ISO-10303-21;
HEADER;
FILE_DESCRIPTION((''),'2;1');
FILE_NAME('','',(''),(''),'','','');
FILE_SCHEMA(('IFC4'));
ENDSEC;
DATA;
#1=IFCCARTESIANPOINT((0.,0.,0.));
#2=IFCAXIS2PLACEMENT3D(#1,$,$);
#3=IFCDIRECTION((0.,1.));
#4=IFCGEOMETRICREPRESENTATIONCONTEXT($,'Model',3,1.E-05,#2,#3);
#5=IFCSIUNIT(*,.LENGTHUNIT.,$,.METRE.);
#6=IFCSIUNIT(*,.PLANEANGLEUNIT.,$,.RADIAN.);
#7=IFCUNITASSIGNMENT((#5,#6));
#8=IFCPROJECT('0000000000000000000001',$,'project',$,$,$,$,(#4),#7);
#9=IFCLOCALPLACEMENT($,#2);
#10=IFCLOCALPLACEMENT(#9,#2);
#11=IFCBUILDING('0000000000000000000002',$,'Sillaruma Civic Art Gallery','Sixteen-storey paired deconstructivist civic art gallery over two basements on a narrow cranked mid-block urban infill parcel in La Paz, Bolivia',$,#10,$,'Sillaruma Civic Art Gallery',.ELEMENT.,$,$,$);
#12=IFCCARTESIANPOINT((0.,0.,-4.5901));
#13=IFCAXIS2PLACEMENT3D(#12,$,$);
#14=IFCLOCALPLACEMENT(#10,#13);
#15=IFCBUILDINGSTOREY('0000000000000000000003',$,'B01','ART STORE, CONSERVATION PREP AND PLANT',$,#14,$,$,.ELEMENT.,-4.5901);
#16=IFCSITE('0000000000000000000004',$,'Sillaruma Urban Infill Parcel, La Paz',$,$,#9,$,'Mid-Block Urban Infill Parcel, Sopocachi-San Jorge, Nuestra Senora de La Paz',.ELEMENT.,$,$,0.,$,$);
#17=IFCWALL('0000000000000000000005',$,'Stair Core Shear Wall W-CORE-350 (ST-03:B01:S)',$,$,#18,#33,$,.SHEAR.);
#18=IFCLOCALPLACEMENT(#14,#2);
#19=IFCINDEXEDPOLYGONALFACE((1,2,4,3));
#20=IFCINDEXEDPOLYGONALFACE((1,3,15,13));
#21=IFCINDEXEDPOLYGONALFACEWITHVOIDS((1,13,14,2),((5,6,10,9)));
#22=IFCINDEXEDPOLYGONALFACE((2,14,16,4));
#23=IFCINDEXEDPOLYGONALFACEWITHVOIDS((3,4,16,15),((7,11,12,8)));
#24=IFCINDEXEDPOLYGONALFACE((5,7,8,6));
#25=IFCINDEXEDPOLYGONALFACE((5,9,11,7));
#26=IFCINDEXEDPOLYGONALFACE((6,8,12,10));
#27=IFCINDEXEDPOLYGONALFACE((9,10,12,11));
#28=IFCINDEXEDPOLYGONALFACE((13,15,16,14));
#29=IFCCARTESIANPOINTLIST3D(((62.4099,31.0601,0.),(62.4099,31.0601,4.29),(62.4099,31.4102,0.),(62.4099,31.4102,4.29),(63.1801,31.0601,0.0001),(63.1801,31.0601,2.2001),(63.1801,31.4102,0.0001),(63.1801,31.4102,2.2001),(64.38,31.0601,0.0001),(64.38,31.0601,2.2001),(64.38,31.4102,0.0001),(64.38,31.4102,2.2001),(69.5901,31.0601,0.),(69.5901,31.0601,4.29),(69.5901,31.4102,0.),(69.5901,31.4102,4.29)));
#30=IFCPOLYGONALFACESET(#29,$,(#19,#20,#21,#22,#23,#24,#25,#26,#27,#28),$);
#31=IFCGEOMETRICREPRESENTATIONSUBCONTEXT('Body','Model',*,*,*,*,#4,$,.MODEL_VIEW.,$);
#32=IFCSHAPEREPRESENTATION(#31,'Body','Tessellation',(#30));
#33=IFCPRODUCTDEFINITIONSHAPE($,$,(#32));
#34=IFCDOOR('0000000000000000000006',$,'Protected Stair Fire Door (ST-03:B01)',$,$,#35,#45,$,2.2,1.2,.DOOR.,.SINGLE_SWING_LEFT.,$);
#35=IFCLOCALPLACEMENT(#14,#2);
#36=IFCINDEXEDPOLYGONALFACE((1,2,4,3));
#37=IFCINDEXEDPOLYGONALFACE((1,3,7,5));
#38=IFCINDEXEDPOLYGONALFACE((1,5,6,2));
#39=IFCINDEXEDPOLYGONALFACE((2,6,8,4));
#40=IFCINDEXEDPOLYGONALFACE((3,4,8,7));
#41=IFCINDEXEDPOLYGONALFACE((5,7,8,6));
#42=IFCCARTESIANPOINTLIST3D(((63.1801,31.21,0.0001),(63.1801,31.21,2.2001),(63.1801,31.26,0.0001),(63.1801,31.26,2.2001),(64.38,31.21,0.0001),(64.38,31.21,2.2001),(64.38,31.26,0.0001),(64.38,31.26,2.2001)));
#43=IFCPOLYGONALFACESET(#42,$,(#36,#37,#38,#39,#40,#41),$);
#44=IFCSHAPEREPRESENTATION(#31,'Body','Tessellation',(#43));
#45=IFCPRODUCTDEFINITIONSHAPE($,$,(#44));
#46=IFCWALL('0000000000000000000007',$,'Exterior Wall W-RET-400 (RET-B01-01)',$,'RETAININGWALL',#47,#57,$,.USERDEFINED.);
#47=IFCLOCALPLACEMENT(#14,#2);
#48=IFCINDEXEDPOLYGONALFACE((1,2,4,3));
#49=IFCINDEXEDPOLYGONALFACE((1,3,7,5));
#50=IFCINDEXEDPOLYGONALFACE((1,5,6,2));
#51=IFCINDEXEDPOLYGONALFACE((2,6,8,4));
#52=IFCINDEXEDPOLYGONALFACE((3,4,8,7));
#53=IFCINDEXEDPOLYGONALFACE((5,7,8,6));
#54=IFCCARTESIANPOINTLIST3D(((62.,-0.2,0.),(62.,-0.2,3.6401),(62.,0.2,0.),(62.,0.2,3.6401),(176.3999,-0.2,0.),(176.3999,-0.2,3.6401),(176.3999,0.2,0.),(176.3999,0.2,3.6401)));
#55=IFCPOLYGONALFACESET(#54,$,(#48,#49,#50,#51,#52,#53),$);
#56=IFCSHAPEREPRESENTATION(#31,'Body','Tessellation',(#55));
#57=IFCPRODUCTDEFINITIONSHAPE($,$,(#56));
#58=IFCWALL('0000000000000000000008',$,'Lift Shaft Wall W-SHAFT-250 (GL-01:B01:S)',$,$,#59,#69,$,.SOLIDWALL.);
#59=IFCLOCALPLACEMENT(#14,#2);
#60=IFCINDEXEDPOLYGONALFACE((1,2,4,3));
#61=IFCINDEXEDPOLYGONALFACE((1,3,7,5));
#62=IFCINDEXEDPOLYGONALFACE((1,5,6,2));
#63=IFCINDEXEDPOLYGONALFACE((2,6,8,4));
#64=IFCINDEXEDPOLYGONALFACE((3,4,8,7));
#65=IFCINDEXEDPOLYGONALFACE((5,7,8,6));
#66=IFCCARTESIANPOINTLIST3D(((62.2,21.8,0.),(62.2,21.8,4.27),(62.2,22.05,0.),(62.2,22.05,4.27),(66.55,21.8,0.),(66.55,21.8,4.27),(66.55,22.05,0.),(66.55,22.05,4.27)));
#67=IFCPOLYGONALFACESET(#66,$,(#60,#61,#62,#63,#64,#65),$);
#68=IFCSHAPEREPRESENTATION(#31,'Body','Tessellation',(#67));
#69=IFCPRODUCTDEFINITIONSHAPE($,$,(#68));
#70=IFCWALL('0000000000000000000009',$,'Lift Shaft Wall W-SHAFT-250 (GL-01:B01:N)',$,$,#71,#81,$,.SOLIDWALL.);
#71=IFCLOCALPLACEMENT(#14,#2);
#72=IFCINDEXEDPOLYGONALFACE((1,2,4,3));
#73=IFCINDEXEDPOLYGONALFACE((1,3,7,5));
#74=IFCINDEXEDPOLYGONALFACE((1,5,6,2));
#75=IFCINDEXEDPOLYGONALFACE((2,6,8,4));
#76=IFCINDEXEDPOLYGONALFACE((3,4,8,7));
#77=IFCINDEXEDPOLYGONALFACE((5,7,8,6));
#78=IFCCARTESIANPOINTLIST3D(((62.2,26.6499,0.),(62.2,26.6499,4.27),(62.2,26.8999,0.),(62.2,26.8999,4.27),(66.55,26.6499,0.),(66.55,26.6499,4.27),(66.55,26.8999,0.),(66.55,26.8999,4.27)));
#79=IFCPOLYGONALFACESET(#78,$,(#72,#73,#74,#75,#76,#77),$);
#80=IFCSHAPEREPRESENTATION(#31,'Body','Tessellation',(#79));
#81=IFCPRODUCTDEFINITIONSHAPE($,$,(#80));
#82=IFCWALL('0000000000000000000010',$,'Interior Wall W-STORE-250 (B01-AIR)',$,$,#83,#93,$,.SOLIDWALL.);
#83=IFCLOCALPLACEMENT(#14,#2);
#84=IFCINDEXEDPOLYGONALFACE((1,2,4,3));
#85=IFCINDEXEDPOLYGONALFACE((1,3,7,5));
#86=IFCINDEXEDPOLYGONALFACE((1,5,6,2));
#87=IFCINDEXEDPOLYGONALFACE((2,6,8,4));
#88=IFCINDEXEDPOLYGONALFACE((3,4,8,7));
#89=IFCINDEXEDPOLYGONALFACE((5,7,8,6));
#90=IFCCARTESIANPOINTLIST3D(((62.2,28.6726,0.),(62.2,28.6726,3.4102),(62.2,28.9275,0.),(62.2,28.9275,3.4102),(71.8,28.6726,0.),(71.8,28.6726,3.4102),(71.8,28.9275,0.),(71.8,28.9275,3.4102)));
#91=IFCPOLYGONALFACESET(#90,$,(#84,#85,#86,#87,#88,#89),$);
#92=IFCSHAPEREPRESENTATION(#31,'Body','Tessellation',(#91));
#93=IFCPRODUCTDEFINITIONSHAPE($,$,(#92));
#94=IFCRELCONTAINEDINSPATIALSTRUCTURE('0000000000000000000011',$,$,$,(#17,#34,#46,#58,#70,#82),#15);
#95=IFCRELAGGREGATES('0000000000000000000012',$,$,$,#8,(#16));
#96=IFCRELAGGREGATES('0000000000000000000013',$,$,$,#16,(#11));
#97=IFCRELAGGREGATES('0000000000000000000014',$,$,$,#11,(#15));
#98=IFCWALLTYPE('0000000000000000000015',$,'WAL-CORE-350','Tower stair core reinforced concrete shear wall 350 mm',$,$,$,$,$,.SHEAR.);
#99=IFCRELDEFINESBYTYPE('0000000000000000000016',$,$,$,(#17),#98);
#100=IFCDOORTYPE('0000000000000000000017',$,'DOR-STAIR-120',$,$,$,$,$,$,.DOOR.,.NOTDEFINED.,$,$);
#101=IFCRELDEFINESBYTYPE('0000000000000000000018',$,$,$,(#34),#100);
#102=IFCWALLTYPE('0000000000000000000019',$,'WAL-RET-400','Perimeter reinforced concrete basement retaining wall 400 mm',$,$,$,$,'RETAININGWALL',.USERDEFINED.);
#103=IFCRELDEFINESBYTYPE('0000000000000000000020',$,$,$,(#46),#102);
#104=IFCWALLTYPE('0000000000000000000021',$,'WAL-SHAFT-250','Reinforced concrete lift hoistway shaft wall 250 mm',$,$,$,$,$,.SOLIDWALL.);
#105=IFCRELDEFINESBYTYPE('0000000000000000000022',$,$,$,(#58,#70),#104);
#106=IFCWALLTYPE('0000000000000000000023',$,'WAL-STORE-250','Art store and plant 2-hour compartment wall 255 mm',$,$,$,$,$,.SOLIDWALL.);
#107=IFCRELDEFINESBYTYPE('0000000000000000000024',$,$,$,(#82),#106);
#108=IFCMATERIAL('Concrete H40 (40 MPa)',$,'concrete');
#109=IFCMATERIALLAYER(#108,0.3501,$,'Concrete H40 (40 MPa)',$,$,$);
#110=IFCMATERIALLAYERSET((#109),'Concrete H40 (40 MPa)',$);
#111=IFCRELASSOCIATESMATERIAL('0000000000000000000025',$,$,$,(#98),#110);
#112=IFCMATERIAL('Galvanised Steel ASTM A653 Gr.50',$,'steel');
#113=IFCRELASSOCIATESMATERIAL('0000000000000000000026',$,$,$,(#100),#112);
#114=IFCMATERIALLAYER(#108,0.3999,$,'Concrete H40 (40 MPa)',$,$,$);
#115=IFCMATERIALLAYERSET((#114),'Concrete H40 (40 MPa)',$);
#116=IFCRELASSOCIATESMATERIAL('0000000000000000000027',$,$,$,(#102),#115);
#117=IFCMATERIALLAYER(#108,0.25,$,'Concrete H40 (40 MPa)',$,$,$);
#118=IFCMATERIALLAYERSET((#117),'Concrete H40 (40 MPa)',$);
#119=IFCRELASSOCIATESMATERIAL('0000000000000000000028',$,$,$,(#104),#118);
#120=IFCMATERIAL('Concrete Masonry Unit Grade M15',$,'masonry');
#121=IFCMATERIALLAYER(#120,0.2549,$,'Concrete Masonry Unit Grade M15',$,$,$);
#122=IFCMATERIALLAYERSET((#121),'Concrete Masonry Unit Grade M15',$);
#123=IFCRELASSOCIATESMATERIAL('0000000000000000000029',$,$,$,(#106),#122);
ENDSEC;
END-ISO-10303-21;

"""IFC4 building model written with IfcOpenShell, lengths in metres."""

from ifc_helpers import new_model, si_unit, direction, frame, frame_2d, origin, place, context, subcontext, project, spatial, rectangle, extrude, material, layer, layer_set, type_object, element, fill, save


model = new_model("IFC4")

# Units and contexts
model_context = context("Model", 3, precision=1e-05, world=origin(), true_north=direction((0.0, 1.0)))
body_context = subcontext(model_context, "Body", "Model", "MODEL_VIEW")
ifc_project = project(units=[si_unit("LENGTHUNIT", "METRE"), si_unit("PLANEANGLEUNIT", "RADIAN")], contexts=[model_context])

# Site, building, storey
site_placement = place(None, origin())
site = spatial("IfcSite", under=ifc_project, at=site_placement, Name="Sillaruma Urban Infill Parcel, La Paz", LongName="Mid-Block Urban Infill Parcel, Sopocachi-San Jorge, Nuestra Senora de La Paz", CompositionType="ELEMENT", RefElevation=0.0)
building_placement = place(site_placement, origin())
building = spatial("IfcBuilding", under=site, at=building_placement, Name="Sillaruma Civic Art Gallery", Description="Sixteen-storey paired deconstructivist civic art gallery over two basements on a narrow cranked mid-block urban infill parcel in La Paz, Bolivia", LongName="Sillaruma Civic Art Gallery", CompositionType="ELEMENT")
storey_placement = place(building_placement, frame((0.0, 0.0, -4.5901)))
storey = spatial("IfcBuildingStorey", under=building, at=storey_placement, Name="B01", Description="ART STORE, CONSERVATION PREP AND PLANT", CompositionType="ELEMENT", Elevation=-4.5901)

# Shared definitions
ifc_material_1 = material(Name="Concrete H40 (40 MPa)", Category="concrete")

# Wall, opening, door
ifc_layer_1 = layer(ifc_material_1, 0.3501, Name="Concrete H40 (40 MPa)")
ifc_layer_set_1 = layer_set([ifc_layer_1], Name="Concrete H40 (40 MPa)")
wall_type_1 = type_object("IfcWallType", Name="WAL-CORE-350", Description="Tower stair core reinforced concrete shear wall 350 mm", PredefinedType="SHEAR", material=ifc_layer_set_1)
wall_1_placement = place(storey_placement, frame((62.4099, 31.2351, 0.0), z_axis=(0.0, 0.0, 1.0), x_axis=(1.0, 0.0, 0.0)))
wall_1 = element("IfcWall", 1, at=wall_1_placement, inside=storey, type_object=wall_type_1, Name="Stair Core Shear Wall W-CORE-350 (ST-03:B01:S)", PredefinedType="SHEAR", context=body_context, shape_type="SweptSolid", body=[
    extrude(rectangle(XDim=7.1802, YDim=0.3501, at=frame_2d((3.5901, 0.0))), origin(), (0.0, 0.0, 1.0), 4.29),
])
opening_placement = place(wall_1_placement, frame((0.77, 0.0, 0.0)))
opening = element("IfcOpeningElement", 2, at=opening_placement, cuts=wall_1, PredefinedType="OPENING", context=body_context, shape_type="SweptSolid", body=[
    extrude(rectangle(XDim=1.2, YDim=2.2, at=frame_2d((0.6001, 1.1001))), frame((0.0, 0.1851, 0.0), z_axis=(0.0, -1.0, 0.0), x_axis=(1.0, 0.0, 0.0)), (0.0, 0.0, 1.0), 0.3701),
])
ifc_material_2 = material(Name="Galvanised Steel ASTM A653 Gr.50", Category="steel")
door_type = type_object("IfcDoorType", Name="DOR-STAIR-120", OperationType="NOTDEFINED", PredefinedType="DOOR", material=ifc_material_2)
door_placement = place(opening_placement, origin())
door = element("IfcDoor", 3, at=door_placement, inside=storey, type_object=door_type, Name="Protected Stair Fire Door (ST-03:B01)", OperationType="SINGLE_SWING_LEFT", OverallHeight=2.2, OverallWidth=1.2, PredefinedType="DOOR", context=body_context, shape_type="SweptSolid", body=[
    extrude(rectangle(XDim=1.2, YDim=2.2, at=frame_2d((0.6001, 1.1001))), frame((0.0, 0.0249, 0.0), z_axis=(0.0, -1.0, 0.0), x_axis=(1.0, 0.0, 0.0)), (0.0, 0.0, 1.0), 0.05),
])
fill(opening, door)

# Walls
ifc_layer_2 = layer(ifc_material_1, 0.3999, Name="Concrete H40 (40 MPa)")
ifc_layer_set_2 = layer_set([ifc_layer_2], Name="Concrete H40 (40 MPa)")
wall_type_2 = type_object("IfcWallType", Name="WAL-RET-400", Description="Perimeter reinforced concrete basement retaining wall 400 mm", ElementType="RETAININGWALL", PredefinedType="USERDEFINED", material=ifc_layer_set_2)
wall_2_placement = place(storey_placement, frame((62.0, 0.0, 0.0), z_axis=(0.0, 0.0, 1.0), x_axis=(1.0, 0.0, 0.0)))
element("IfcWall", 4, at=wall_2_placement, inside=storey, type_object=wall_type_2, Name="Exterior Wall W-RET-400 (RET-B01-01)", ObjectType="RETAININGWALL", PredefinedType="USERDEFINED", context=body_context, shape_type="SweptSolid", body=[
    extrude(rectangle(XDim=114.3999, YDim=0.3999, at=frame_2d((57.2, 0.0))), origin(), (0.0, 0.0, 1.0), 3.6401),
])
ifc_layer_3 = layer(ifc_material_1, 0.25, Name="Concrete H40 (40 MPa)")
ifc_layer_set_3 = layer_set([ifc_layer_3], Name="Concrete H40 (40 MPa)")
wall_type_3 = type_object("IfcWallType", Name="WAL-SHAFT-250", Description="Reinforced concrete lift hoistway shaft wall 250 mm", PredefinedType="SOLIDWALL", material=ifc_layer_set_3)
for number, where, z_axis, x_axis, name in (
    (5, (62.2, 21.925, 0.0), (0.0, 0.0, 1.0), (1.0, 0.0, 0.0), "Lift Shaft Wall W-SHAFT-250 (GL-01:B01:S)"),
    (6, (62.2, 26.7749, 0.0), (0.0, 0.0, 1.0), (1.0, 0.0, 0.0), "Lift Shaft Wall W-SHAFT-250 (GL-01:B01:N)"),
):
    element("IfcWall", number, at=place(storey_placement, frame(where, z_axis=z_axis, x_axis=x_axis)), inside=storey, type_object=wall_type_3, Name=name, PredefinedType="SOLIDWALL", context=body_context, shape_type="SweptSolid", body=[
        extrude(rectangle(XDim=4.3501, YDim=0.25, at=frame_2d((2.175, 0.0))), origin(), (0.0, 0.0, 1.0), 4.27),
    ])
ifc_material_3 = material(Name="Concrete Masonry Unit Grade M15", Category="masonry")
ifc_layer_4 = layer(ifc_material_3, 0.2549, Name="Concrete Masonry Unit Grade M15")
ifc_layer_set_4 = layer_set([ifc_layer_4], Name="Concrete Masonry Unit Grade M15")
wall_type_4 = type_object("IfcWallType", Name="WAL-STORE-250", Description="Art store and plant 2-hour compartment wall 255 mm", PredefinedType="SOLIDWALL", material=ifc_layer_set_4)
wall_3_placement = place(storey_placement, frame((62.2, 28.8, 0.0), z_axis=(0.0, 0.0, 1.0), x_axis=(1.0, 0.0, 0.0)))
element("IfcWall", 7, at=wall_3_placement, inside=storey, type_object=wall_type_4, Name="Interior Wall W-STORE-250 (B01-AIR)", PredefinedType="SOLIDWALL", context=body_context, shape_type="SweptSolid", body=[
    extrude(rectangle(XDim=9.6001, YDim=0.2549, at=frame_2d((4.8, 0.0))), origin(), (0.0, 0.0, 1.0), 3.4102),
])

save(model, "model.ifc")
